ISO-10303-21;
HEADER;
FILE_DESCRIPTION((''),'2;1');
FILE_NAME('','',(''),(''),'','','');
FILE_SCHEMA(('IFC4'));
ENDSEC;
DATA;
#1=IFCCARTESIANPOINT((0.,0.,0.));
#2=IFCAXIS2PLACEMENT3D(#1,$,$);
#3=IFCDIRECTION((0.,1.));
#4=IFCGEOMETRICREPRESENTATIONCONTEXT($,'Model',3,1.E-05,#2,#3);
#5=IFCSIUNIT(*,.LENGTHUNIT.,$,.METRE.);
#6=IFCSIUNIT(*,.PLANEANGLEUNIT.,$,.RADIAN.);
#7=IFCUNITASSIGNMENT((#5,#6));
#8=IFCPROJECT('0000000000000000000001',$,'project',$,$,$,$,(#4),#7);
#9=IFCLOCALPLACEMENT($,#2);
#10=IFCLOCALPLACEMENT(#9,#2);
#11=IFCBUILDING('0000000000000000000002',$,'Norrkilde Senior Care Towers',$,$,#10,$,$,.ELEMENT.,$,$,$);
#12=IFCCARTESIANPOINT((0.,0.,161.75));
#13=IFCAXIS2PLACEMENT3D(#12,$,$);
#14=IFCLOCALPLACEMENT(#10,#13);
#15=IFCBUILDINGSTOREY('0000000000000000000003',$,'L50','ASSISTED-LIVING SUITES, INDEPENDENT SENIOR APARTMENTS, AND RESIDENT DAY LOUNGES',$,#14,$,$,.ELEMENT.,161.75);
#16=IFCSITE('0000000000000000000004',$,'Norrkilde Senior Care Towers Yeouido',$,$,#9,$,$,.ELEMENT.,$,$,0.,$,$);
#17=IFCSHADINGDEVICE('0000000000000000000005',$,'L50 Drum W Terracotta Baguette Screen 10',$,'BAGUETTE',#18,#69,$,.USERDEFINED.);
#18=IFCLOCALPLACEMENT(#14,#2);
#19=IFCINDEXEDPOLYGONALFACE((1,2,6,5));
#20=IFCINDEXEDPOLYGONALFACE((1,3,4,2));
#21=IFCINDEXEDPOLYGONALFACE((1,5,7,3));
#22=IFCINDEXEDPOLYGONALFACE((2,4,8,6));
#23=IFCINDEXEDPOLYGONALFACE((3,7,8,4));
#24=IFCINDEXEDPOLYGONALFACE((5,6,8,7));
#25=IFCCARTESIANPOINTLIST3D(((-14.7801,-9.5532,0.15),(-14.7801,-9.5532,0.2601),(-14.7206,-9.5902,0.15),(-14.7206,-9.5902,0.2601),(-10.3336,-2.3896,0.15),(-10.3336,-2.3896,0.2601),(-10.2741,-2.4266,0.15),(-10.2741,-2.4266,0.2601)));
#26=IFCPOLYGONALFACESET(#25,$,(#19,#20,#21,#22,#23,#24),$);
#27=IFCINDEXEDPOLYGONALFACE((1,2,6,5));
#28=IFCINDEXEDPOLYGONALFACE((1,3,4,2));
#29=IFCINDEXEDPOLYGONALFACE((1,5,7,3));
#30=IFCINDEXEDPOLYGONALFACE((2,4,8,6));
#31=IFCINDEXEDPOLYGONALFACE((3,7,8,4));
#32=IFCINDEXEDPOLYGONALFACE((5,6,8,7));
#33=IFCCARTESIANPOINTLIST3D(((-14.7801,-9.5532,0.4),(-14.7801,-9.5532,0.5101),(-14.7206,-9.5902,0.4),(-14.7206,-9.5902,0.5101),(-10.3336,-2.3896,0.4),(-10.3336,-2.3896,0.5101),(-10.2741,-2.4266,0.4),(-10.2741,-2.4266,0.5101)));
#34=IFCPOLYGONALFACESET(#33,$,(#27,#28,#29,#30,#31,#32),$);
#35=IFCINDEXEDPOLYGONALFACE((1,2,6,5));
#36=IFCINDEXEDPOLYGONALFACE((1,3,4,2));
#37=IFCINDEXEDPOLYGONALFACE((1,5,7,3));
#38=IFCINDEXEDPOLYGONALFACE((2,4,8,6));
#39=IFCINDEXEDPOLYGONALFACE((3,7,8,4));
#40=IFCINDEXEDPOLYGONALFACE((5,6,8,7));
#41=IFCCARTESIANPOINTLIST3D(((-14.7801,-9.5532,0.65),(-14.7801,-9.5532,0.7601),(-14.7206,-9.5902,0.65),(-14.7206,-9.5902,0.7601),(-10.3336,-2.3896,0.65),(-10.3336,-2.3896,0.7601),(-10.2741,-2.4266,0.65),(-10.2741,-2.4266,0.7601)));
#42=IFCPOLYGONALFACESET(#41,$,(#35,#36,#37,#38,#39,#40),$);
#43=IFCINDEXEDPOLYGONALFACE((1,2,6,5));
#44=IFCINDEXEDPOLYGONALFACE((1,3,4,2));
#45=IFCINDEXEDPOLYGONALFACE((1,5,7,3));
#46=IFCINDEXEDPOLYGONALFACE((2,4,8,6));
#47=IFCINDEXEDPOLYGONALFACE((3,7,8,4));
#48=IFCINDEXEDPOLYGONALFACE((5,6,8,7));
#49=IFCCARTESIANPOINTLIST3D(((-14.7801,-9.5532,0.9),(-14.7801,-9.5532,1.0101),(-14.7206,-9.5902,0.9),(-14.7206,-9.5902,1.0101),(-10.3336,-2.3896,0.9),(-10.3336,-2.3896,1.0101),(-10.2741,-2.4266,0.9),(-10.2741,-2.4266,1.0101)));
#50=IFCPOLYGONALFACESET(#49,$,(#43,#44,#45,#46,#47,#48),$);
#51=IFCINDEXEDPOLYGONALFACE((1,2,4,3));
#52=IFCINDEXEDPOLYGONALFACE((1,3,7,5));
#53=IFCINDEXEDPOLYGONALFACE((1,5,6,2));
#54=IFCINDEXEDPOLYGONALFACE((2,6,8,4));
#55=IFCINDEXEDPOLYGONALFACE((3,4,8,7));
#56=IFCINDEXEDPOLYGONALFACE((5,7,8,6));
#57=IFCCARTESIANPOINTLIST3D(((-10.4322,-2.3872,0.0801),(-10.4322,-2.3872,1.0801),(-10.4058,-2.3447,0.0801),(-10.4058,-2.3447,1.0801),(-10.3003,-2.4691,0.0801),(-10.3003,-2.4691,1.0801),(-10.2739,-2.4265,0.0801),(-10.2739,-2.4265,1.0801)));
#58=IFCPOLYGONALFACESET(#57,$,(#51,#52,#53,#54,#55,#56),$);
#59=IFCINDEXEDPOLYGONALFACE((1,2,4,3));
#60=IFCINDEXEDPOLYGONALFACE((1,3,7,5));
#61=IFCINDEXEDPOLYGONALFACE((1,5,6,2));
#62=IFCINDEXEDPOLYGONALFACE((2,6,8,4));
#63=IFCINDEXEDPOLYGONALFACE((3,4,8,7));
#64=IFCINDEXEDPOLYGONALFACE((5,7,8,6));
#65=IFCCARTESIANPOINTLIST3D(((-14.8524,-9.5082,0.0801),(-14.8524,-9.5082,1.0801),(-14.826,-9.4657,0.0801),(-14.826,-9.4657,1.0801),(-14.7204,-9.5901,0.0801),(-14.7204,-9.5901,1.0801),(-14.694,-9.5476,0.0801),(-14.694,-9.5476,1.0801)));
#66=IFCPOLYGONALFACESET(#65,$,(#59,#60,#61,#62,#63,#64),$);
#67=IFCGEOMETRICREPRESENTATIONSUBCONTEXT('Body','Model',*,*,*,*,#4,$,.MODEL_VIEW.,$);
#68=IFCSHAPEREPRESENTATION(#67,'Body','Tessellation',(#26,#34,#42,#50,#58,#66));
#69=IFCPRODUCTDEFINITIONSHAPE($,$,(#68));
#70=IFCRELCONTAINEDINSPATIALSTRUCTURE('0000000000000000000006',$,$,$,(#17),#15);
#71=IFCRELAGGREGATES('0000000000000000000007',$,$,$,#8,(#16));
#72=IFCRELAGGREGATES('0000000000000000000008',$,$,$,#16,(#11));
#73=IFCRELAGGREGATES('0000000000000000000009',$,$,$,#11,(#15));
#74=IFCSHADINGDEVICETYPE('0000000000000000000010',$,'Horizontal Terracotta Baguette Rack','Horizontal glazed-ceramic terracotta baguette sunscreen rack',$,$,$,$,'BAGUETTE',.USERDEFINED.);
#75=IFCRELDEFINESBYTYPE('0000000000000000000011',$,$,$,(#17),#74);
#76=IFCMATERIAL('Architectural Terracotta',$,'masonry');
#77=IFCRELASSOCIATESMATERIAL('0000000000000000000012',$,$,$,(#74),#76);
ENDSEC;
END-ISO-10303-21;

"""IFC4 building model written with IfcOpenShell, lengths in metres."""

from ifc_helpers import new_model, si_unit, direction, frame, origin, origin_2d, place, context, subcontext, project, spatial, rectangle, extrude, source, transform, mapped, material, type_object, type_shapes, element, save


model = new_model("IFC4")

# Units and contexts
model_context = context("Model", 3, precision=1e-05, world=origin(), true_north=direction((0.0, 1.0)))
body_context = subcontext(model_context, "Body", "Model", "MODEL_VIEW")
ifc_project = project(units=[si_unit("LENGTHUNIT", "METRE"), si_unit("PLANEANGLEUNIT", "RADIAN")], contexts=[model_context])

# Site, building, storey
site_placement = place(None, origin())
site = spatial("IfcSite", under=ifc_project, at=site_placement, Name="Norrkilde Senior Care Towers Yeouido", CompositionType="ELEMENT", RefElevation=0.0)
building_placement = place(site_placement, origin())
building = spatial("IfcBuilding", under=site, at=building_placement, Name="Norrkilde Senior Care Towers", CompositionType="ELEMENT")
storey_placement = place(building_placement, frame((0.0, 0.0, 161.75)))
storey = spatial("IfcBuildingStorey", under=building, at=storey_placement, Name="L50", Description="ASSISTED-LIVING SUITES, INDEPENDENT SENIOR APARTMENTS, AND RESIDENT DAY LOUNGES", CompositionType="ELEMENT", Elevation=161.75)

# Shading device
ifc_material_1 = material(Name="Architectural Terracotta", Category="masonry")
shading_device_type = type_object("IfcShadingDeviceType", Name="Horizontal Terracotta Baguette Rack", Description="Horizontal glazed-ceramic terracotta baguette sunscreen rack", ElementType="BAGUETTE", PredefinedType="USERDEFINED", material=ifc_material_1)
shared_shape_1 = source(origin(), body_context, "Body", "SweptSolid", [
    extrude(rectangle(XDim=0.0701, YDim=0.1101, at=origin_2d()), frame((0.0, 0.0901, 0.125), z_axis=(1.0, 0.0, 0.0), x_axis=(0.0, 1.0, 0.0)), (0.0, 0.0, 1.0), 8.4314),
    extrude(rectangle(XDim=0.0701, YDim=0.1101, at=origin_2d()), frame((0.0, 0.0901, 0.375), z_axis=(1.0, 0.0, 0.0), x_axis=(0.0, 1.0, 0.0)), (0.0, 0.0, 1.0), 8.4314),
    extrude(rectangle(XDim=0.0701, YDim=0.1101, at=origin_2d()), frame((0.0, 0.0901, 0.625), z_axis=(1.0, 0.0, 0.0), x_axis=(0.0, 1.0, 0.0)), (0.0, 0.0, 1.0), 8.4314),
    extrude(rectangle(XDim=0.0701, YDim=0.1101, at=origin_2d()), frame((0.0, 0.0901, 0.875), z_axis=(1.0, 0.0, 0.0), x_axis=(0.0, 1.0, 0.0)), (0.0, 0.0, 1.0), 8.4314),
    extrude(rectangle(XDim=0.05, YDim=0.1553, at=origin_2d()), frame((0.0249, 0.0476, 0.0)), (0.0, 0.0, 1.0), 1.0),
    extrude(rectangle(XDim=0.05, YDim=0.1553, at=origin_2d()), frame((8.4062, 0.0476, 0.0)), (0.0, 0.0, 1.0), 1.0),
])
type_shapes(shading_device_type, [shared_shape_1])
shading_device_placement = place(storey_placement, frame((-10.3804, -2.3606, 0.0801), z_axis=(0.0, 0.0, 1.0), x_axis=(-0.527378, -0.849631, 0.0)))
element("IfcShadingDevice", 1, at=shading_device_placement, inside=storey, type_object=shading_device_type, Name="L50 Drum W Terracotta Baguette Screen 10", ObjectType="BAGUETTE", PredefinedType="USERDEFINED", context=body_context, shape_type="MappedRepresentation", body=[
    mapped(shared_shape_1, transform((0.0, 0.0, 0.0), x_axis=(1.0, 0.0, 0.0), y_axis=(0.0, 1.0, 0.0), z_axis=(0.0, 0.0, 1.0), scale=1.0)),
])

save(model, "model.ifc")
